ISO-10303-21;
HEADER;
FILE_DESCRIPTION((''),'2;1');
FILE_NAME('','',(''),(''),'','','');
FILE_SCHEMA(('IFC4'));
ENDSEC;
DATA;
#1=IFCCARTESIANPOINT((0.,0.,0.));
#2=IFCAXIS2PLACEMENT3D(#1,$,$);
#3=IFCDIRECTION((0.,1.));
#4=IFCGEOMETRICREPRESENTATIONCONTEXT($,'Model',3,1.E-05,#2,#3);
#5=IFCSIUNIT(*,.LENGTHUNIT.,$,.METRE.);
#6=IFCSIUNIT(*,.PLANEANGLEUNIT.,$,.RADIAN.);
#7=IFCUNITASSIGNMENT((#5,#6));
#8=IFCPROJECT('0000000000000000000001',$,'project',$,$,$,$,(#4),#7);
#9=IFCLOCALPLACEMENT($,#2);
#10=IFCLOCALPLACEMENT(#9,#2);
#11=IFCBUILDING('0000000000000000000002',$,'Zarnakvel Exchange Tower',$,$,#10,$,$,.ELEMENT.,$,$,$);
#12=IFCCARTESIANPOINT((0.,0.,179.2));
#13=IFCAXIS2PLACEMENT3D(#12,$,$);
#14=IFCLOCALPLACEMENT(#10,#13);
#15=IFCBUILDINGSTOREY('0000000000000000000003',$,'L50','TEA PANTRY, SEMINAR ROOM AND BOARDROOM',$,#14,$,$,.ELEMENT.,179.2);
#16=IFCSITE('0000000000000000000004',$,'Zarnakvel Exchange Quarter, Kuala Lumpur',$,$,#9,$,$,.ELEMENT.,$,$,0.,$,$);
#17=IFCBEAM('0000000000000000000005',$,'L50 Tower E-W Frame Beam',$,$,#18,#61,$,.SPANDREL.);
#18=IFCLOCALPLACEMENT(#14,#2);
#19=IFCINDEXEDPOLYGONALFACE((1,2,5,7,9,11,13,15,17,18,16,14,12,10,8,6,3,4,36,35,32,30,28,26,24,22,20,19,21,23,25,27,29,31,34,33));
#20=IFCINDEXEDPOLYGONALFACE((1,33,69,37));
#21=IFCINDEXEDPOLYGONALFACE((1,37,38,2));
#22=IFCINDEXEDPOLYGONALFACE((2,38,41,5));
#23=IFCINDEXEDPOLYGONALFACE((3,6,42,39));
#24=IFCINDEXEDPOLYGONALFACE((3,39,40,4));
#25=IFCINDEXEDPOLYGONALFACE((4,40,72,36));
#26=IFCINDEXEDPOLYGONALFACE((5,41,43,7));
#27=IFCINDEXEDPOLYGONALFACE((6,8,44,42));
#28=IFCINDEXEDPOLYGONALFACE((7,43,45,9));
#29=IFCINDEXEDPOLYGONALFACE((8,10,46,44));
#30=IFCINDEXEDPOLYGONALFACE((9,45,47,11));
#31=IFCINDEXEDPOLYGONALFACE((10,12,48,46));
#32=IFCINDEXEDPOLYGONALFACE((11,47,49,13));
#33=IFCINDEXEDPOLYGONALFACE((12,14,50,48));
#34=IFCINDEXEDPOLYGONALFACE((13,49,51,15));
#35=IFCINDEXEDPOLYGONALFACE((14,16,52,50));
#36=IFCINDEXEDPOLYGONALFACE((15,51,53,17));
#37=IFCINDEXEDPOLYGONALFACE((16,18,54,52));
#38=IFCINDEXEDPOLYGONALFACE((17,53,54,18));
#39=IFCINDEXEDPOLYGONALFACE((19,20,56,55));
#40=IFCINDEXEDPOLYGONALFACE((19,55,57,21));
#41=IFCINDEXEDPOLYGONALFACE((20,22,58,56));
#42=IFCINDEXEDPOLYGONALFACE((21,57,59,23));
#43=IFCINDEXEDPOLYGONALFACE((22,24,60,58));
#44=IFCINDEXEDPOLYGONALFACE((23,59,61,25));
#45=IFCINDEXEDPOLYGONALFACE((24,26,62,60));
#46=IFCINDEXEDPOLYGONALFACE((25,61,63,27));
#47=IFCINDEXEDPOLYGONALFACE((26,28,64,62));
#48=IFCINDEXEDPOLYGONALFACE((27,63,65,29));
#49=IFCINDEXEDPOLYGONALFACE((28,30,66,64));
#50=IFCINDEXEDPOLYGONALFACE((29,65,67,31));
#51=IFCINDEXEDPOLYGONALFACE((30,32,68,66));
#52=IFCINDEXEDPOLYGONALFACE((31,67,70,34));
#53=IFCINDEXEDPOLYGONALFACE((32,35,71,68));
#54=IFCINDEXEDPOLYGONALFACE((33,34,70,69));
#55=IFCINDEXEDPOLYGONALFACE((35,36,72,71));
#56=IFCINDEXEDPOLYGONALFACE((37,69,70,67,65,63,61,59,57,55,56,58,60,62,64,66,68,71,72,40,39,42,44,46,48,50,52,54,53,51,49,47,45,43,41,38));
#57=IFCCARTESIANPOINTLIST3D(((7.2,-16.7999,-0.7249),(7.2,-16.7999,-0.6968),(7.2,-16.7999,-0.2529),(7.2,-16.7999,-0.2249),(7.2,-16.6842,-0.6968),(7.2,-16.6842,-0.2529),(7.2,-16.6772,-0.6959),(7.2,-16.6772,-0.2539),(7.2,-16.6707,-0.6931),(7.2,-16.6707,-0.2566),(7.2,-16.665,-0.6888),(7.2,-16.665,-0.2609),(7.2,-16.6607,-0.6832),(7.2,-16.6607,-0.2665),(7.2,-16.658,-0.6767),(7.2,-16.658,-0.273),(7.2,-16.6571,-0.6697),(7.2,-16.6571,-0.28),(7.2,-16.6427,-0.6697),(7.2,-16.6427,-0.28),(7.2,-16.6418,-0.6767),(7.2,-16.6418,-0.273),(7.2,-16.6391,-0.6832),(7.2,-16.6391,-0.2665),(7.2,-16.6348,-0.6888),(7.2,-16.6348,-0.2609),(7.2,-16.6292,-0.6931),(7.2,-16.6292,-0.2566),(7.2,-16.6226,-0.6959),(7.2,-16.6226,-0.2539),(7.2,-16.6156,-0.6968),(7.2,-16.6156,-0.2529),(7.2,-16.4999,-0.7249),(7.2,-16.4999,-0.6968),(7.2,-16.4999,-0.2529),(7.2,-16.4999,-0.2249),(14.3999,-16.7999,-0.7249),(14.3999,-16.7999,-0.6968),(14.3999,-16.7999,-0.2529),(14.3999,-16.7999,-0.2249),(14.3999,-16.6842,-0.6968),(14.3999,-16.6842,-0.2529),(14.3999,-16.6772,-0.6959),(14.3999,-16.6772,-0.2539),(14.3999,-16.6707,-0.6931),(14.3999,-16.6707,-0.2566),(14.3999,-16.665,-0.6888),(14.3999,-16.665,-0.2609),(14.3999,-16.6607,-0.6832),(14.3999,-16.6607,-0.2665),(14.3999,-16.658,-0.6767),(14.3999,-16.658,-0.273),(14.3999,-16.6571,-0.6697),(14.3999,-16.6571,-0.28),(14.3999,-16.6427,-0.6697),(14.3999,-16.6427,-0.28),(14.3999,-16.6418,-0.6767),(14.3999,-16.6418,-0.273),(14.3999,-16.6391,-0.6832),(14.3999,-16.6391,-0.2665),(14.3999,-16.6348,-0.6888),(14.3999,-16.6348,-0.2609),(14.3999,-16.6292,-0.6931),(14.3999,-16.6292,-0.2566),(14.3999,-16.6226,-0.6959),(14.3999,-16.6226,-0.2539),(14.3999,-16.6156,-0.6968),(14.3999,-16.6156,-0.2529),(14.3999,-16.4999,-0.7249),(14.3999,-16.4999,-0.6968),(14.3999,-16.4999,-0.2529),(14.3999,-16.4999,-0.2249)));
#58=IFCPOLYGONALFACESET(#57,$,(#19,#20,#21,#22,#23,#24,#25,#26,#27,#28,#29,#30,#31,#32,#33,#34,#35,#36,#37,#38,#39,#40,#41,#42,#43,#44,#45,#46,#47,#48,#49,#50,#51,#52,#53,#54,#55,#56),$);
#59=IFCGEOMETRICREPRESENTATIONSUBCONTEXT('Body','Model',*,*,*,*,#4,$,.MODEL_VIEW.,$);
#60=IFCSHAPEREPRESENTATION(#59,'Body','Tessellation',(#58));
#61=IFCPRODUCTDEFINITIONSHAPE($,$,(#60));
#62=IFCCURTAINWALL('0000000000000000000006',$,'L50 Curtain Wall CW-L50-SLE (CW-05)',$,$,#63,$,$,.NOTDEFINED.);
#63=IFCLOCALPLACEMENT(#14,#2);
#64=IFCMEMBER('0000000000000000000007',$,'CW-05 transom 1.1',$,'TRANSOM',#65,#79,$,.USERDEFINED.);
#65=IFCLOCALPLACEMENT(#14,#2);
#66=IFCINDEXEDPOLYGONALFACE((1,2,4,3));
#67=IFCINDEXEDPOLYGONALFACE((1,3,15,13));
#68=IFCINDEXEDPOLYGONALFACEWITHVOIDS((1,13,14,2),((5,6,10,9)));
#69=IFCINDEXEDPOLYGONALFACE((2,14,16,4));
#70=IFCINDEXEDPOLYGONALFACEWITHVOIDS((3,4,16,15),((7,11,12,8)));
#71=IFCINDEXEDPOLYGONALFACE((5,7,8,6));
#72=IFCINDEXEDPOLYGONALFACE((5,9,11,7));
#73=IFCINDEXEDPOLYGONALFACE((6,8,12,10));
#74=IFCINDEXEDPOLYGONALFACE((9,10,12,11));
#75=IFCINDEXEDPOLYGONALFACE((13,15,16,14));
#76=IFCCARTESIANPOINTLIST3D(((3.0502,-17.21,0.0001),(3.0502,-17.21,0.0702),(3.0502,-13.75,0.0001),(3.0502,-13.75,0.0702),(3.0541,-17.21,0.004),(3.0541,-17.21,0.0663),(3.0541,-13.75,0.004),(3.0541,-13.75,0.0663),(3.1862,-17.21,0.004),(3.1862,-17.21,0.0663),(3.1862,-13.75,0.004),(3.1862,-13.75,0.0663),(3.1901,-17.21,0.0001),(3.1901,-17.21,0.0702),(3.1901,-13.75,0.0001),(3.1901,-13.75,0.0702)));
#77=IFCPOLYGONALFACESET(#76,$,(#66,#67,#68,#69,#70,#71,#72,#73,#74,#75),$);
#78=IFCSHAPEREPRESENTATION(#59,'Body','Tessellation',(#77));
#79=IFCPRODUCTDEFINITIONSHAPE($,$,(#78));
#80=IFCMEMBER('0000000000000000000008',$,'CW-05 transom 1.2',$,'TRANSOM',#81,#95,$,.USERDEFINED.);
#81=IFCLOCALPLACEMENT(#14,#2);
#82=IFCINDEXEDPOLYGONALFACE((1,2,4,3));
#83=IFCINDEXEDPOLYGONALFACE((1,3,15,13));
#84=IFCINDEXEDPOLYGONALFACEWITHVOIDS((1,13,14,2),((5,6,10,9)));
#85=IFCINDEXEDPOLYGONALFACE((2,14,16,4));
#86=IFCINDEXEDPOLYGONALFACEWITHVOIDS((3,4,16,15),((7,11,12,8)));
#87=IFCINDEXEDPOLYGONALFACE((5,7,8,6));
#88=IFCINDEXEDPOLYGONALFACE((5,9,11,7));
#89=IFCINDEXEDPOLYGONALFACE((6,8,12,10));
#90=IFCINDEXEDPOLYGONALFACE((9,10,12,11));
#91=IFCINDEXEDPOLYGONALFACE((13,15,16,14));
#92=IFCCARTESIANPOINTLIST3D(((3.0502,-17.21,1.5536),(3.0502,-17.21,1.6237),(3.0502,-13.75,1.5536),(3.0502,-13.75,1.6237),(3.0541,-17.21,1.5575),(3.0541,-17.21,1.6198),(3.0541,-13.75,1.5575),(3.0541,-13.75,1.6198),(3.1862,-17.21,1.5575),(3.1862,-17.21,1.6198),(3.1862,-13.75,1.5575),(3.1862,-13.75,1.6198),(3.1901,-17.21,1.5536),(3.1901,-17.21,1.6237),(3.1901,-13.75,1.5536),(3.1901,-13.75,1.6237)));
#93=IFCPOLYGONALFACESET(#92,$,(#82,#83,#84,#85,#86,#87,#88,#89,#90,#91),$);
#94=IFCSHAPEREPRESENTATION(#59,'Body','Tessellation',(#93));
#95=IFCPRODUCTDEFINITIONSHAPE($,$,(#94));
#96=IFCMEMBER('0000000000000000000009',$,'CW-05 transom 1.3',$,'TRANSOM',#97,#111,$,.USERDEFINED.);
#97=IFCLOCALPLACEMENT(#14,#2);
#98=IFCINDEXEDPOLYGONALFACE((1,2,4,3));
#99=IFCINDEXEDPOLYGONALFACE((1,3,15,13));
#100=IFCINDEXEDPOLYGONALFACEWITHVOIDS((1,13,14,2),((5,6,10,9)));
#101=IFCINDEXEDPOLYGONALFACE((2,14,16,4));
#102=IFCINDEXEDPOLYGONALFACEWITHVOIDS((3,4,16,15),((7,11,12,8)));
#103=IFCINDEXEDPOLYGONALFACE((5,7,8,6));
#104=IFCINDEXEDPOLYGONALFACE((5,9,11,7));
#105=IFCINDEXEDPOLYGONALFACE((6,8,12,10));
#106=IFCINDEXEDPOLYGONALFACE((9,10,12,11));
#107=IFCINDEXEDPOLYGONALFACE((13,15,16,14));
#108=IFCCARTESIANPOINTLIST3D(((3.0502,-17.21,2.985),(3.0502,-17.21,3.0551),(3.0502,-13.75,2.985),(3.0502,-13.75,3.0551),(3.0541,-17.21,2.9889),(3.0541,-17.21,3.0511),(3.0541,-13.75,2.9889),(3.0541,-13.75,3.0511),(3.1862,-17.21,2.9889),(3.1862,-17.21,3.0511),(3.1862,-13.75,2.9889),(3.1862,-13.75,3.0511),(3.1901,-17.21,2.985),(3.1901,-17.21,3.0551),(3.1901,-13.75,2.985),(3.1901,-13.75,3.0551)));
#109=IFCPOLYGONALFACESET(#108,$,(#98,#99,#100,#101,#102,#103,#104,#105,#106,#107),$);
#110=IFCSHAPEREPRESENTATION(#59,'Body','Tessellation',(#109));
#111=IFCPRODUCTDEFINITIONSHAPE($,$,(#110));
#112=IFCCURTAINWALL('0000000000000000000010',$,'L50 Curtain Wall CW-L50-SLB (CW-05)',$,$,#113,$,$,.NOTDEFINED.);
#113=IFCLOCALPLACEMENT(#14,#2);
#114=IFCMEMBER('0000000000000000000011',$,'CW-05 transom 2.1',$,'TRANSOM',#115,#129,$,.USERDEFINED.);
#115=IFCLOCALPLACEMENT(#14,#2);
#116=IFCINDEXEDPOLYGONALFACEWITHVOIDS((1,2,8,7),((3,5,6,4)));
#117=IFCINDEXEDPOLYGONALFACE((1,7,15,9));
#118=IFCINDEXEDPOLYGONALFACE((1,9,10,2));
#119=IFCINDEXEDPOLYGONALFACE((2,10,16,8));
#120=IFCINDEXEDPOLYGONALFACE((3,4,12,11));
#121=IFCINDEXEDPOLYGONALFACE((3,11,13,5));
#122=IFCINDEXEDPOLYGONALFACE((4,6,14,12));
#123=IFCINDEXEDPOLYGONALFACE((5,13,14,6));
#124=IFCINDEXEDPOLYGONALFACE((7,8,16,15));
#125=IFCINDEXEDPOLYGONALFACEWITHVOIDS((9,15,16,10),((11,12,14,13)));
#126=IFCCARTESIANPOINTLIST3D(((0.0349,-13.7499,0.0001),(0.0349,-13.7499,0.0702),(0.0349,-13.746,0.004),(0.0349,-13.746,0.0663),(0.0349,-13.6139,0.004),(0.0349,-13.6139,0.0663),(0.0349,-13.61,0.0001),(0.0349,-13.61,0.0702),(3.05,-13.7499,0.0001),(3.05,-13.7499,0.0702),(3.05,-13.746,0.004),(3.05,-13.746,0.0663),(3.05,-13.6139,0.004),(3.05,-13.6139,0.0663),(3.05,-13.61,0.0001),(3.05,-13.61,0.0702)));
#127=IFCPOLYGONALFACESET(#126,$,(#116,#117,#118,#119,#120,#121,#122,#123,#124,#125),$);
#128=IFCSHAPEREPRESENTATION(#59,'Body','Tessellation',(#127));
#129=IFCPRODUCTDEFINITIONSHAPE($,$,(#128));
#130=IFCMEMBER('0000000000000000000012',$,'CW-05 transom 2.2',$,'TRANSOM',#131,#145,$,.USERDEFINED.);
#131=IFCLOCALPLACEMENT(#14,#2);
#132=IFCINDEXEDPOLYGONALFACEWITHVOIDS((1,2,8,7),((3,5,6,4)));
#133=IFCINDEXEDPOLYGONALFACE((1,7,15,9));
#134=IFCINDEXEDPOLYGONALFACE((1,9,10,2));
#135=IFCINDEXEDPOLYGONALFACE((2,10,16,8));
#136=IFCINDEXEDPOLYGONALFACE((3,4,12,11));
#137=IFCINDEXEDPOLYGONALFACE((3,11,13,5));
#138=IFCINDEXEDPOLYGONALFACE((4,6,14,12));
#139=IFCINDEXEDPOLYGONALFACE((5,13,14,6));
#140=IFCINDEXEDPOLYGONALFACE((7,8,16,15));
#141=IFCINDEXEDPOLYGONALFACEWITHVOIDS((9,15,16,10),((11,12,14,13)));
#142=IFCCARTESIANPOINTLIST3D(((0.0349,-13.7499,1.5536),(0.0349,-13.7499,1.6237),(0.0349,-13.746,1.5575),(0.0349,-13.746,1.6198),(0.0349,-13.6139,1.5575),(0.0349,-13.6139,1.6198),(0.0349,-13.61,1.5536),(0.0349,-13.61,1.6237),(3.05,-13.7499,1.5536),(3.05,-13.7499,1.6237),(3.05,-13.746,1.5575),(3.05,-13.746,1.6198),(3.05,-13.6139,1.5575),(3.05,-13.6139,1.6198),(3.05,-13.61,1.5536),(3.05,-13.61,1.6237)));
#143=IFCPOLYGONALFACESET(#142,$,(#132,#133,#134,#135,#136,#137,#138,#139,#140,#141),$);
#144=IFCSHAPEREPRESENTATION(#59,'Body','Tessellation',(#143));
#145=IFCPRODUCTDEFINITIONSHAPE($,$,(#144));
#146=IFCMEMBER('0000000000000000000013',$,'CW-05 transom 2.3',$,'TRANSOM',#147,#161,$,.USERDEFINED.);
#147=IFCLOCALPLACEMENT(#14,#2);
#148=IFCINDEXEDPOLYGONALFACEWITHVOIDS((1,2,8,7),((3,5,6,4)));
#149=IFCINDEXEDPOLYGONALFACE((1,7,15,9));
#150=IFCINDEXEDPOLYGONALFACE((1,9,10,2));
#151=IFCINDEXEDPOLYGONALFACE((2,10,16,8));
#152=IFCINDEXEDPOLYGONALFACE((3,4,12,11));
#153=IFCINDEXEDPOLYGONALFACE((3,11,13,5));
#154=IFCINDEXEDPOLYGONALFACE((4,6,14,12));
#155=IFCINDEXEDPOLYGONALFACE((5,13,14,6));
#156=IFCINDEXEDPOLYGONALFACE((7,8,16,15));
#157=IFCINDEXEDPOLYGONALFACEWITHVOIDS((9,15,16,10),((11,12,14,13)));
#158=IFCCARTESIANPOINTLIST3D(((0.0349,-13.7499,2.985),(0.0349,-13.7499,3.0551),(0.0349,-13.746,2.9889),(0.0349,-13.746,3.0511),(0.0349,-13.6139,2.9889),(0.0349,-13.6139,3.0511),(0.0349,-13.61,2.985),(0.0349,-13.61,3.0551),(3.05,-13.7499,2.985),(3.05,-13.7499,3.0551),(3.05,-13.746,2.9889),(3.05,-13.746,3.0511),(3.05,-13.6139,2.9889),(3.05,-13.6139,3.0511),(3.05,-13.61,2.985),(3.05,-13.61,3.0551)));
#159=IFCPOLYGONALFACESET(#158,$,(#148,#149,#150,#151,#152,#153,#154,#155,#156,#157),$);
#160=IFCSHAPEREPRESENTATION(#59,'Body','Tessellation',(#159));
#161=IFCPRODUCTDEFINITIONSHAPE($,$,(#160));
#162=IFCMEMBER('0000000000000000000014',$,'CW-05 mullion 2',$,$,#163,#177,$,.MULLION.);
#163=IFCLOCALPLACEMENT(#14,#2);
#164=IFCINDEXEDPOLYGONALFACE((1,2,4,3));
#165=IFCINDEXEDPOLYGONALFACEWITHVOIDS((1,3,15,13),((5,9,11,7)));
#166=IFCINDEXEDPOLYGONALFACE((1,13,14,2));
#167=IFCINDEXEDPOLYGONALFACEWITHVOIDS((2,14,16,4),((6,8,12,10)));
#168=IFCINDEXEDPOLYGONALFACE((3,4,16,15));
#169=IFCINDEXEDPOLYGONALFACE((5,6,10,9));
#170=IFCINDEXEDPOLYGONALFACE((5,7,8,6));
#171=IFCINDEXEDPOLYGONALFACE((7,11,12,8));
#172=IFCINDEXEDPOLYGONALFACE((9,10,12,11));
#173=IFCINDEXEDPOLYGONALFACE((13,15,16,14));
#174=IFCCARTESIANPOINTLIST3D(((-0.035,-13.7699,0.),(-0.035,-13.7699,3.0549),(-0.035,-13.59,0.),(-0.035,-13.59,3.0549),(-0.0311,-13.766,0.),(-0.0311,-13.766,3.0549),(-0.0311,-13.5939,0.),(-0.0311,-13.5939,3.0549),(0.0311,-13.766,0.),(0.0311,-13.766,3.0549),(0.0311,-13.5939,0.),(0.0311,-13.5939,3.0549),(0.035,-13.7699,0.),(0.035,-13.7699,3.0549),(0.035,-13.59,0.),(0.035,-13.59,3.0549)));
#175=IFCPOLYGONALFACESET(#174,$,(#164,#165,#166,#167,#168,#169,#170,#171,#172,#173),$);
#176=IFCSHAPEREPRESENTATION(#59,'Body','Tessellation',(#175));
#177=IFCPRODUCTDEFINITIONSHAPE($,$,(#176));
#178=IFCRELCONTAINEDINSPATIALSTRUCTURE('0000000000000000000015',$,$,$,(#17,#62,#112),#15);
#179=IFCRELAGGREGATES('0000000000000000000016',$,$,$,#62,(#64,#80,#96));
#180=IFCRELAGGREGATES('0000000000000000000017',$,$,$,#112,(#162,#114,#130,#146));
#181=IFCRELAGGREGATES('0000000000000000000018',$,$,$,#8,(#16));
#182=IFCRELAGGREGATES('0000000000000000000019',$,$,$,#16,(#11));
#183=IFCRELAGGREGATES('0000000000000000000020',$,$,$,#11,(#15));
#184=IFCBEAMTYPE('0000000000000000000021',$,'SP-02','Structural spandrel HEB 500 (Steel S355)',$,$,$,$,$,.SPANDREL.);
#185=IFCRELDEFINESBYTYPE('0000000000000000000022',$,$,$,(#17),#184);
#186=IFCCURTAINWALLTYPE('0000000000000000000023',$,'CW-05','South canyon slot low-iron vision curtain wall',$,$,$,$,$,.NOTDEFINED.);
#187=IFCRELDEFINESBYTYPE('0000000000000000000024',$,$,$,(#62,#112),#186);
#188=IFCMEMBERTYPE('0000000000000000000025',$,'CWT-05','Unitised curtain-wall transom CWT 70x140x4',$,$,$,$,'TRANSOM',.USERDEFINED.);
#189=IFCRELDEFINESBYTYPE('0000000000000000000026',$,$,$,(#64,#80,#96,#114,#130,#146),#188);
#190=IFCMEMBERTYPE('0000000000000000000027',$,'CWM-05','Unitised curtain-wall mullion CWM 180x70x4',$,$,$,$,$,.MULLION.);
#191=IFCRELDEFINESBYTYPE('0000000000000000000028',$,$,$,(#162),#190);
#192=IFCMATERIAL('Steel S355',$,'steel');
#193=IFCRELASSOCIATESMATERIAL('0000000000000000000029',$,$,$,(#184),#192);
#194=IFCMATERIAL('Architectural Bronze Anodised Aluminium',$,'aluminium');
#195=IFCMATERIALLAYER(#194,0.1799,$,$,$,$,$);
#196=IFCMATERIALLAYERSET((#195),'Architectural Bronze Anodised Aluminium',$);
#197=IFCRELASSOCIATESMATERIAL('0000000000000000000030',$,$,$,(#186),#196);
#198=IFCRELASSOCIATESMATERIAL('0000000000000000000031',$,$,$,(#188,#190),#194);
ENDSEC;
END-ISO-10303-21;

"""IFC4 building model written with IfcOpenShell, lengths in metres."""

from ifc_helpers import new_model, si_unit, direction, frame, origin, origin_2d, place, context, subcontext, project, spatial, hollow_rectangle, i_section, extrude, source, transform, mapped, material, layer, layer_set, material_profile, profile_set, type_object, element, aggregate, save


model = new_model("IFC4")

# Units and contexts
model_context = context("Model", 3, precision=1e-05, world=origin(), true_north=direction((0.0, 1.0)))
body_context = subcontext(model_context, "Body", "Model", "MODEL_VIEW")
ifc_project = project(units=[si_unit("LENGTHUNIT", "METRE"), si_unit("PLANEANGLEUNIT", "RADIAN")], contexts=[model_context])

# Site, building, storey
site_placement = place(None, origin())
site = spatial("IfcSite", under=ifc_project, at=site_placement, Name="Zarnakvel Exchange Quarter, Kuala Lumpur", CompositionType="ELEMENT", RefElevation=0.0)
building_placement = place(site_placement, origin())
building = spatial("IfcBuilding", under=site, at=building_placement, Name="Zarnakvel Exchange Tower", CompositionType="ELEMENT")
storey_placement = place(building_placement, frame((0.0, 0.0, 179.2)))
storey = spatial("IfcBuildingStorey", under=building, at=storey_placement, Name="L50", Description="TEA PANTRY, SEMINAR ROOM AND BOARDROOM", CompositionType="ELEMENT", Elevation=179.2)

# Beam
ifc_material_1 = material(Name="Steel S355", Category="steel")
ifc_material_profile_1 = material_profile(ifc_material_1, i_section(OverallWidth=0.3, OverallDepth=0.5, WebThickness=0.0144, FlangeThickness=0.0281, FilletRadius=0.0271, at=origin_2d()))
ifc_profile_set_1 = profile_set([ifc_material_profile_1], Name="Steel S355")
beam_type_1 = type_object("IfcBeamType", Name="SP-02", Description="Structural spandrel HEB 500 (Steel S355)", PredefinedType="SPANDREL", material=ifc_profile_set_1)
beam_1_placement = place(storey_placement, frame((7.2, -16.6499, -0.4749), z_axis=(1.0, 0.0, 0.0), x_axis=(0.0, 1.0, 0.0)))
element("IfcBeam", 1, at=beam_1_placement, inside=storey, type_object=beam_type_1, Name="L50 Tower E-W Frame Beam", PredefinedType="SPANDREL", context=body_context, shape_type="SweptSolid", body=[
    extrude(i_section(OverallWidth=0.3, OverallDepth=0.5, WebThickness=0.0144, FlangeThickness=0.0281, FilletRadius=0.0271, at=origin_2d()), origin(), (0.0, 0.0, 1.0), 7.2),
])

# Curtain walls, members
ifc_material_2 = material(Name="Architectural Bronze Anodised Aluminium", Category="aluminium")
ifc_layer_1 = layer(ifc_material_2, 0.1799)
ifc_layer_set_1 = layer_set([ifc_layer_1], Name="Architectural Bronze Anodised Aluminium")
curtain_wall_type = type_object("IfcCurtainWallType", Name="CW-05", Description="South canyon slot low-iron vision curtain wall", PredefinedType="NOTDEFINED", material=ifc_layer_set_1)
curtain_wall_1_placement = place(storey_placement, origin())
curtain_wall_1 = element("IfcCurtainWall", 2, at=curtain_wall_1_placement, inside=storey, type_object=curtain_wall_type, Name="L50 Curtain Wall CW-L50-SLE (CW-05)", PredefinedType="NOTDEFINED")
ifc_material_profile_2 = material_profile(ifc_material_2, hollow_rectangle(XDim=0.1399, YDim=0.0701, WallThickness=0.0039, at=origin_2d()))
ifc_profile_set_2 = profile_set([ifc_material_profile_2], Name="Architectural Bronze Anodised Aluminium")
member_type_1 = type_object("IfcMemberType", Name="CWT-05", Description="Unitised curtain-wall transom CWT 70x140x4", ElementType="TRANSOM", PredefinedType="USERDEFINED", material=ifc_profile_set_2)
shared_shape_1 = source(origin(), body_context, "Body", "SweptSolid", [
    extrude(hollow_rectangle(XDim=0.1399, YDim=0.0701, WallThickness=0.0039, at=origin_2d()), origin(), (0.0, 0.0, 1.0), 3.46),
])
member_1_placement = place(storey_placement, frame((3.1201, -13.75, 0.0352), z_axis=(0.0, -1.0, 0.0), x_axis=(1.0, 0.0, 0.0)))
member_1 = element("IfcMember", 3, at=member_1_placement, type_object=member_type_1, Name="CW-05 transom 1.1", ObjectType="TRANSOM", PredefinedType="USERDEFINED", context=body_context, shape_type="MappedRepresentation", body=[
    mapped(shared_shape_1, transform((0.0, 0.0, 0.0), x_axis=(1.0, 0.0, 0.0), y_axis=(0.0, 1.0, 0.0), z_axis=(0.0, 0.0, 1.0), scale=1.0)),
])
member_2_placement = place(storey_placement, frame((3.1201, -13.75, 1.5886), z_axis=(0.0, -1.0, 0.0), x_axis=(1.0, 0.0, 0.0)))
member_2 = element("IfcMember", 4, at=member_2_placement, type_object=member_type_1, Name="CW-05 transom 1.2", ObjectType="TRANSOM", PredefinedType="USERDEFINED", context=body_context, shape_type="MappedRepresentation", body=[
    mapped(shared_shape_1, transform((0.0, 0.0, 0.0), x_axis=(1.0, 0.0, 0.0), y_axis=(0.0, 1.0, 0.0), z_axis=(0.0, 0.0, 1.0), scale=1.0)),
])
member_3_placement = place(storey_placement, frame((3.1201, -13.75, 3.02), z_axis=(0.0, -1.0, 0.0), x_axis=(1.0, 0.0, 0.0)))
member_3 = element("IfcMember", 5, at=member_3_placement, type_object=member_type_1, Name="CW-05 transom 1.3", ObjectType="TRANSOM", PredefinedType="USERDEFINED", context=body_context, shape_type="MappedRepresentation", body=[
    mapped(shared_shape_1, transform((0.0, 0.0, 0.0), x_axis=(1.0, 0.0, 0.0), y_axis=(0.0, 1.0, 0.0), z_axis=(0.0, 0.0, 1.0), scale=1.0)),
])
curtain_wall_2_placement = place(storey_placement, origin())
curtain_wall_2 = element("IfcCurtainWall", 6, at=curtain_wall_2_placement, inside=storey, type_object=curtain_wall_type, Name="L50 Curtain Wall CW-L50-SLB (CW-05)", PredefinedType="NOTDEFINED")
shared_shape_2 = source(origin(), body_context, "Body", "SweptSolid", [
    extrude(hollow_rectangle(XDim=0.1399, YDim=0.0701, WallThickness=0.0039, at=origin_2d()), origin(), (0.0, 0.0, 1.0), 3.0151),
])
member_4_placement = place(storey_placement, frame((0.0349, -13.6799, 0.0352), z_axis=(1.0, 0.0, 0.0), x_axis=(0.0, 1.0, 0.0)))
member_4 = element("IfcMember", 7, at=member_4_placement, type_object=member_type_1, Name="CW-05 transom 2.1", ObjectType="TRANSOM", PredefinedType="USERDEFINED", context=body_context, shape_type="MappedRepresentation", body=[
    mapped(shared_shape_2, transform((0.0, 0.0, 0.0), x_axis=(1.0, 0.0, 0.0), y_axis=(0.0, 1.0, 0.0), z_axis=(0.0, 0.0, 1.0), scale=1.0)),
])
member_5_placement = place(storey_placement, frame((0.0349, -13.6799, 1.5886), z_axis=(1.0, 0.0, 0.0), x_axis=(0.0, 1.0, 0.0)))
member_5 = element("IfcMember", 8, at=member_5_placement, type_object=member_type_1, Name="CW-05 transom 2.2", ObjectType="TRANSOM", PredefinedType="USERDEFINED", context=body_context, shape_type="MappedRepresentation", body=[
    mapped(shared_shape_2, transform((0.0, 0.0, 0.0), x_axis=(1.0, 0.0, 0.0), y_axis=(0.0, 1.0, 0.0), z_axis=(0.0, 0.0, 1.0), scale=1.0)),
])
member_6_placement = place(storey_placement, frame((0.0349, -13.6799, 3.02), z_axis=(1.0, 0.0, 0.0), x_axis=(0.0, 1.0, 0.0)))
member_6 = element("IfcMember", 9, at=member_6_placement, type_object=member_type_1, Name="CW-05 transom 2.3", ObjectType="TRANSOM", PredefinedType="USERDEFINED", context=body_context, shape_type="MappedRepresentation", body=[
    mapped(shared_shape_2, transform((0.0, 0.0, 0.0), x_axis=(1.0, 0.0, 0.0), y_axis=(0.0, 1.0, 0.0), z_axis=(0.0, 0.0, 1.0), scale=1.0)),
])
ifc_material_profile_3 = material_profile(ifc_material_2, hollow_rectangle(XDim=0.1799, YDim=0.0701, WallThickness=0.0039, at=origin_2d()))
ifc_profile_set_3 = profile_set([ifc_material_profile_3], Name="Architectural Bronze Anodised Aluminium")
member_type_2 = type_object("IfcMemberType", Name="CWM-05", Description="Unitised curtain-wall mullion CWM 180x70x4", PredefinedType="MULLION", material=ifc_profile_set_3)
shared_shape_3 = source(origin(), body_context, "Body", "SweptSolid", [
    extrude(hollow_rectangle(XDim=0.1799, YDim=0.0701, WallThickness=0.0039, at=origin_2d()), origin(), (0.0, 0.0, 1.0), 3.0549),
])
member_7_placement = place(storey_placement, frame((0.0, -13.6799, 0.0), z_axis=(0.0, 0.0, 1.0), x_axis=(0.0, 1.0, 0.0)))
member_7 = element("IfcMember", 10, at=member_7_placement, type_object=member_type_2, Name="CW-05 mullion 2", PredefinedType="MULLION", context=body_context, shape_type="MappedRepresentation", body=[
    mapped(shared_shape_3, transform((0.0, 0.0, 0.0), x_axis=(1.0, 0.0, 0.0), y_axis=(0.0, 1.0, 0.0), z_axis=(0.0, 0.0, 1.0), scale=1.0)),
])

aggregate(curtain_wall_1, [member_1, member_2, member_3])
aggregate(curtain_wall_2, [member_7, member_4, member_5, member_6])

save(model, "model.ifc")
